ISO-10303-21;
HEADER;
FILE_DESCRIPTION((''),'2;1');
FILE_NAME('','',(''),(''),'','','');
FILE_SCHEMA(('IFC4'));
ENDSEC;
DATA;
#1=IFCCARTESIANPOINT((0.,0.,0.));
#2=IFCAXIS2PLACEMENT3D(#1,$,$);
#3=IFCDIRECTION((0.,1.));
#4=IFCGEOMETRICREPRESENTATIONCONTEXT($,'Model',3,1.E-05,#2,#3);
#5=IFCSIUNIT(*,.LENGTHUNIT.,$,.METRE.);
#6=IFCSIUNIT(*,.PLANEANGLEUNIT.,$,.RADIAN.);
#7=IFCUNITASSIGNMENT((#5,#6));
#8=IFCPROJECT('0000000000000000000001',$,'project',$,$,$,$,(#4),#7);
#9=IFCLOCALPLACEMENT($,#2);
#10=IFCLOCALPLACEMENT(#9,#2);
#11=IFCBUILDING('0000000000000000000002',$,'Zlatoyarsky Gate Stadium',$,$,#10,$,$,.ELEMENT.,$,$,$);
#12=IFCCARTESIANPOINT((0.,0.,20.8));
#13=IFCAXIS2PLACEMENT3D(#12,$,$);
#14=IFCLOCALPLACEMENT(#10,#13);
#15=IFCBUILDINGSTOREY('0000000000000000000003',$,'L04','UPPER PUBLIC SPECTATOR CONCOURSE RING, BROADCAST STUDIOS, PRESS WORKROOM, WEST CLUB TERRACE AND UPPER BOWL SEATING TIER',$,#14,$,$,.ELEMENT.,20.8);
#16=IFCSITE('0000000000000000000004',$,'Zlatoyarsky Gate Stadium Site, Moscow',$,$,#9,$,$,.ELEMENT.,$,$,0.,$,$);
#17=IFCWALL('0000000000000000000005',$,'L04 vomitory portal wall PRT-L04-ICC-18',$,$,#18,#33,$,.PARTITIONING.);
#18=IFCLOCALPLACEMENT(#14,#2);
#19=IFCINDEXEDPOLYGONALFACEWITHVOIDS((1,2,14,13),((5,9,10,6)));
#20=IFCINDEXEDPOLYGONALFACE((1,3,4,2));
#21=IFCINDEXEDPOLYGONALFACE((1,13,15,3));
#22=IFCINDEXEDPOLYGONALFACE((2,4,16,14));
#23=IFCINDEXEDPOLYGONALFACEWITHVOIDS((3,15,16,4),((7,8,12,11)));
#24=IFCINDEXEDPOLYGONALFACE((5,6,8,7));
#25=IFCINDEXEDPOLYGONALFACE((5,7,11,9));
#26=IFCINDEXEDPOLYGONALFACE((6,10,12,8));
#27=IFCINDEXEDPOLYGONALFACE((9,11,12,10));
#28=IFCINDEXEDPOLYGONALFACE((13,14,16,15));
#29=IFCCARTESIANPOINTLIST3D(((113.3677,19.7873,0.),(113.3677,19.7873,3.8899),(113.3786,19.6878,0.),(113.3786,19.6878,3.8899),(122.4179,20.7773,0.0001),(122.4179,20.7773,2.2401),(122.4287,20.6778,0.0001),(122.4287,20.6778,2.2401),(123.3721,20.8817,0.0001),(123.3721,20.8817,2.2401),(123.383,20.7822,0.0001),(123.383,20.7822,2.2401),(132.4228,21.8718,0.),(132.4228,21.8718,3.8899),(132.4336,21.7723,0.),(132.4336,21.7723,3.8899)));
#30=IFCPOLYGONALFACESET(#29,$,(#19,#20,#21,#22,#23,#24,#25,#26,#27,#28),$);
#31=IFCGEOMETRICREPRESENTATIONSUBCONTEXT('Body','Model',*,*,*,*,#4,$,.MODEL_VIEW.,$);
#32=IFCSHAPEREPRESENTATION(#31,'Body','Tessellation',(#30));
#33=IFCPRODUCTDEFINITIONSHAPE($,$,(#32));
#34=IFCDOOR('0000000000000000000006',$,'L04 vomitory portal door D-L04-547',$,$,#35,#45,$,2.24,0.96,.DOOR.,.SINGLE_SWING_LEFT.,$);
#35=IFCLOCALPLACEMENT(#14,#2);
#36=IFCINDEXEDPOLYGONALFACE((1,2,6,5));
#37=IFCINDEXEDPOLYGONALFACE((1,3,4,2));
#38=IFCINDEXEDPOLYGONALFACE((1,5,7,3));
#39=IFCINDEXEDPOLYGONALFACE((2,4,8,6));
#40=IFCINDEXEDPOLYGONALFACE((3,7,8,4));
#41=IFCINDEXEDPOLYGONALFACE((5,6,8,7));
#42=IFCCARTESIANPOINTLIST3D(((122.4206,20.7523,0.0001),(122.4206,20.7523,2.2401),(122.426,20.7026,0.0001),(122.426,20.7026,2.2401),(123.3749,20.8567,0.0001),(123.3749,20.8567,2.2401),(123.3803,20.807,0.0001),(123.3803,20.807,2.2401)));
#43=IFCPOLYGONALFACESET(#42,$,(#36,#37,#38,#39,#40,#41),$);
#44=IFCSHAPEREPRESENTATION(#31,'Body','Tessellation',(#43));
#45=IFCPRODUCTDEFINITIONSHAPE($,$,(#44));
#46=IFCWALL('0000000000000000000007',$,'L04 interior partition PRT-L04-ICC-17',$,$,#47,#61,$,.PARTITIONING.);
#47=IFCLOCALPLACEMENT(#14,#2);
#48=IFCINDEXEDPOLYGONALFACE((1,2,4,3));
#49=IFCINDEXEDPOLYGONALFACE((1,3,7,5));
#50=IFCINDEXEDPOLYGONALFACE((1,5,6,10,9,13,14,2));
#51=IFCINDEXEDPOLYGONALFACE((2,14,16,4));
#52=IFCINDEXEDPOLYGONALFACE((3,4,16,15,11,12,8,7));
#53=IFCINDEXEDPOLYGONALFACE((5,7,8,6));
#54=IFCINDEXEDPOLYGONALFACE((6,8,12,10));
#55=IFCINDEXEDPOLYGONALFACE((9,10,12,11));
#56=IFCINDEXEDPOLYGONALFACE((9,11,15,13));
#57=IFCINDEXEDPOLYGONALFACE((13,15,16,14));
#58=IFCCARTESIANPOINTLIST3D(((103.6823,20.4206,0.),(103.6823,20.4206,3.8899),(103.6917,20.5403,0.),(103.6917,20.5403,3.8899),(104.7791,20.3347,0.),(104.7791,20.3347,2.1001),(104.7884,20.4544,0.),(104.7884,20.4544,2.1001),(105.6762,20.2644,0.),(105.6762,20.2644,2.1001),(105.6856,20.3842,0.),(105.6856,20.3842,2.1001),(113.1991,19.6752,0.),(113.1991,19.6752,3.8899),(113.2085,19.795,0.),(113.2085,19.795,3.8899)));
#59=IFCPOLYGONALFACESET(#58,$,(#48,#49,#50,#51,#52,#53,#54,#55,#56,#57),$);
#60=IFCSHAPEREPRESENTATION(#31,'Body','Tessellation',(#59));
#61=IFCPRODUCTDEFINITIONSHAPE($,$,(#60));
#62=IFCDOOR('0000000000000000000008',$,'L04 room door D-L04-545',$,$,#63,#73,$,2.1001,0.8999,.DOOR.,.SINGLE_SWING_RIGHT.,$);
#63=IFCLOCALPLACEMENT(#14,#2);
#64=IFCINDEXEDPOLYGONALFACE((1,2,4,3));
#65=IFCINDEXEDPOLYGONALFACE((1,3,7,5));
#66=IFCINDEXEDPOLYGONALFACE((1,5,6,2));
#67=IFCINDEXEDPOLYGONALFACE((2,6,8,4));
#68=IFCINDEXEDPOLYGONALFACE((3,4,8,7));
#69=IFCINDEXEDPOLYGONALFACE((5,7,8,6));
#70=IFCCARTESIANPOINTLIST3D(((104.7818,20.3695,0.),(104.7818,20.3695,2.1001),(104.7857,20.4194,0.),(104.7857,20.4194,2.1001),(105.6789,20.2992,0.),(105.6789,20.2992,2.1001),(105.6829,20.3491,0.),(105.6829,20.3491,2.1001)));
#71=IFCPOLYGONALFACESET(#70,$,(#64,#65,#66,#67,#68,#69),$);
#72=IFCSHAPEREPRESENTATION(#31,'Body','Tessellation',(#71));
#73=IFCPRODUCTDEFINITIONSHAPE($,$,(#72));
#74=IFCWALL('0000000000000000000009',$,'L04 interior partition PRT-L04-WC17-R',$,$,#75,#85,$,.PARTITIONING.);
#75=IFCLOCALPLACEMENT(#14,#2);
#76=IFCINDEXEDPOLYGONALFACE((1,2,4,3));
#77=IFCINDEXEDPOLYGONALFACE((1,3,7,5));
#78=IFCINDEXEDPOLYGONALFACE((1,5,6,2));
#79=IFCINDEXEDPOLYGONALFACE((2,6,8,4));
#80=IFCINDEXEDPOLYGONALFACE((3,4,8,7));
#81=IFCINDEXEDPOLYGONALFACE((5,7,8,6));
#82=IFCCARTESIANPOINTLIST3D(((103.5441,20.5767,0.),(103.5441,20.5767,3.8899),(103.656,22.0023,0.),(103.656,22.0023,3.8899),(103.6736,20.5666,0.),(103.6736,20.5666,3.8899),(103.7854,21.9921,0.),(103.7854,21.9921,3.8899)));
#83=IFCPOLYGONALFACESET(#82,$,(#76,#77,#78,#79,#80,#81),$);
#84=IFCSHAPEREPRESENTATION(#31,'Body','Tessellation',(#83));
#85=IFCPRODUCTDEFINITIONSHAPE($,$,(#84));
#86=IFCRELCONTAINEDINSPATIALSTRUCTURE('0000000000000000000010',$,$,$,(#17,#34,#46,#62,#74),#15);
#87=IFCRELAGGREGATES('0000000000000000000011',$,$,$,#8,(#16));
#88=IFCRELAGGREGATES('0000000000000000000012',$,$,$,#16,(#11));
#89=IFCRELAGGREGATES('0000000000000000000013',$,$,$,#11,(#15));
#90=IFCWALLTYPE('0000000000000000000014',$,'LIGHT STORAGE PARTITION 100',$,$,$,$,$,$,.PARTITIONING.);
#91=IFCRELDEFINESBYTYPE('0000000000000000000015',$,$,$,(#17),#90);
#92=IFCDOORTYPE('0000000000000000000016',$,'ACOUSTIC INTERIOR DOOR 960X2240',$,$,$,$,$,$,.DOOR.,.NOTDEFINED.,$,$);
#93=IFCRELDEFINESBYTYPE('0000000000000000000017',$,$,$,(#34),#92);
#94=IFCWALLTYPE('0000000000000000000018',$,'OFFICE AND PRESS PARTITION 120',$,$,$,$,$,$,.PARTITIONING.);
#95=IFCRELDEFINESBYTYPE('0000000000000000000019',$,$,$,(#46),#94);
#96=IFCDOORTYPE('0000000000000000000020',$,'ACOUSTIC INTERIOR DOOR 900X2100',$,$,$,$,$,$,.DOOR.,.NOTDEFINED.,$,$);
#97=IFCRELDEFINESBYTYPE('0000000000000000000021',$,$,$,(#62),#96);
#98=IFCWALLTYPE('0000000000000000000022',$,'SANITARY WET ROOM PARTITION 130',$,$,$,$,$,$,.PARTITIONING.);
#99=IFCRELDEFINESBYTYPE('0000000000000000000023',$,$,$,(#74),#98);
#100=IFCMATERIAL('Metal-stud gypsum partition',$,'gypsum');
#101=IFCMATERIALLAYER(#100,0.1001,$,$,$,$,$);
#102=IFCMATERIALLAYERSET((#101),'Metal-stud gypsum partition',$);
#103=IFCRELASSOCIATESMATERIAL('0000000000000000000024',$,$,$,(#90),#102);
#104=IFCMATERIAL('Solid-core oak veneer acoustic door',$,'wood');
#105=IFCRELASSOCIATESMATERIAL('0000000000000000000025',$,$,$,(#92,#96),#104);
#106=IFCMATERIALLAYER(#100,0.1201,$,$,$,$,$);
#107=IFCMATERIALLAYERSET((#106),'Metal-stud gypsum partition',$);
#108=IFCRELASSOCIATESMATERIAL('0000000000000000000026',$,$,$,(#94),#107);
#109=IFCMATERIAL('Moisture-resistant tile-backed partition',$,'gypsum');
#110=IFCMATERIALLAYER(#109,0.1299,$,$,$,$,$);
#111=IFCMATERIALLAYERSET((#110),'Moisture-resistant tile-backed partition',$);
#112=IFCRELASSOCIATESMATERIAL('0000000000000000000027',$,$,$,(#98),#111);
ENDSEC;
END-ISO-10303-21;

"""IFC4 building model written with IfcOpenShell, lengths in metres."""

from ifc_helpers import new_model, si_unit, direction, frame, frame_2d, origin, place, context, subcontext, project, spatial, rectangle, extrude, material, layer, layer_set, type_object, element, fill, save


model = new_model("IFC4")

# Units and contexts
model_context = context("Model", 3, precision=1e-05, world=origin(), true_north=direction((0.0, 1.0)))
body_context = subcontext(model_context, "Body", "Model", "MODEL_VIEW")
ifc_project = project(units=[si_unit("LENGTHUNIT", "METRE"), si_unit("PLANEANGLEUNIT", "RADIAN")], contexts=[model_context])

# Site, building, storey
site_placement = place(None, origin())
site = spatial("IfcSite", under=ifc_project, at=site_placement, Name="Zlatoyarsky Gate Stadium Site, Moscow", CompositionType="ELEMENT", RefElevation=0.0)
building_placement = place(site_placement, origin())
building = spatial("IfcBuilding", under=site, at=building_placement, Name="Zlatoyarsky Gate Stadium", CompositionType="ELEMENT")
storey_placement = place(building_placement, frame((0.0, 0.0, 20.8)))
storey = spatial("IfcBuildingStorey", under=building, at=storey_placement, Name="L04", Description="UPPER PUBLIC SPECTATOR CONCOURSE RING, BROADCAST STUDIOS, PRESS WORKROOM, WEST CLUB TERRACE AND UPPER BOWL SEATING TIER", CompositionType="ELEMENT", Elevation=20.8)

# Shared definitions
ifc_material_1 = material(Name="Metal-stud gypsum partition", Category="gypsum")

# Walls, openings, doors
ifc_layer_1 = layer(ifc_material_1, 0.1001)
ifc_layer_set_1 = layer_set([ifc_layer_1], Name="Metal-stud gypsum partition")
wall_type_1 = type_object("IfcWallType", Name="LIGHT STORAGE PARTITION 100", PredefinedType="PARTITIONING", material=ifc_layer_set_1)
wall_1_placement = place(storey_placement, frame((113.373, 19.7375, 0.0), z_axis=(0.0, 0.0, 1.0), x_axis=(0.99407, 0.108744, 0.0)))
wall_1 = element("IfcWall", 1, at=wall_1_placement, inside=storey, type_object=wall_type_1, Name="L04 vomitory portal wall PRT-L04-ICC-18", PredefinedType="PARTITIONING", context=body_context, shape_type="SweptSolid", body=[
    extrude(rectangle(XDim=19.1687, YDim=0.1001, at=frame_2d((9.5845, 0.0))), origin(), (0.0, 0.0, 1.0), 3.8899),
])
opening_1_placement = place(wall_1_placement, frame((9.1042, 0.0, 0.0)))
opening_1 = element("IfcOpeningElement", 2, at=opening_1_placement, cuts=wall_1, PredefinedType="OPENING", context=body_context, shape_type="SweptSolid", body=[
    extrude(rectangle(XDim=0.96, YDim=2.24, at=frame_2d((0.48, 1.1201))), frame((0.0, 0.0601, 0.0), z_axis=(0.0, -1.0, 0.0), x_axis=(1.0, 0.0, 0.0)), (0.0, 0.0, 1.0), 0.1201),
])
ifc_material_2 = material(Name="Solid-core oak veneer acoustic door", Category="wood")
door_type_1 = type_object("IfcDoorType", Name="ACOUSTIC INTERIOR DOOR 960X2240", OperationType="NOTDEFINED", PredefinedType="DOOR", material=ifc_material_2)
door_1_placement = place(opening_1_placement, origin())
door_1 = element("IfcDoor", 3, at=door_1_placement, inside=storey, type_object=door_type_1, Name="L04 vomitory portal door D-L04-547", OperationType="SINGLE_SWING_LEFT", OverallHeight=2.24, OverallWidth=0.96, PredefinedType="DOOR", context=body_context, shape_type="SweptSolid", body=[
    extrude(rectangle(XDim=0.96, YDim=2.24, at=frame_2d((0.48, 1.1201))), frame((0.0, 0.0249, 0.0), z_axis=(0.0, -1.0, 0.0), x_axis=(1.0, 0.0, 0.0)), (0.0, 0.0, 1.0), 0.05),
])
fill(opening_1, door_1)
ifc_layer_2 = layer(ifc_material_1, 0.1201)
ifc_layer_set_2 = layer_set([ifc_layer_2], Name="Metal-stud gypsum partition")
wall_type_2 = type_object("IfcWallType", Name="OFFICE AND PRESS PARTITION 120", PredefinedType="PARTITIONING", material=ifc_layer_set_2)
wall_2_placement = place(storey_placement, frame((103.687, 20.4805, 0.0), z_axis=(0.0, 0.0, 1.0), x_axis=(0.996947, -0.078081, 0.0)))
wall_2 = element("IfcWall", 4, at=wall_2_placement, inside=storey, type_object=wall_type_2, Name="L04 interior partition PRT-L04-ICC-17", PredefinedType="PARTITIONING", context=body_context, shape_type="SweptSolid", body=[
    extrude(rectangle(XDim=9.5459, YDim=0.1201, at=frame_2d((4.7729, 0.0))), origin(), (0.0, 0.0, 1.0), 3.8899),
])
opening_2_placement = place(wall_2_placement, frame((1.1001, 0.0, 0.0)))
opening_2 = element("IfcOpeningElement", 5, at=opening_2_placement, cuts=wall_2, PredefinedType="OPENING", context=body_context, shape_type="SweptSolid", body=[
    extrude(rectangle(XDim=0.8999, YDim=2.1001, at=frame_2d((0.45, 1.05))), frame((0.0, 0.0701, 0.0), z_axis=(0.0, -1.0, 0.0), x_axis=(1.0, 0.0, 0.0)), (0.0, 0.0, 1.0), 0.1401),
])
door_type_2 = type_object("IfcDoorType", Name="ACOUSTIC INTERIOR DOOR 900X2100", OperationType="NOTDEFINED", PredefinedType="DOOR", material=ifc_material_2)
door_2_placement = place(opening_2_placement, origin())
door_2 = element("IfcDoor", 6, at=door_2_placement, inside=storey, type_object=door_type_2, Name="L04 room door D-L04-545", OperationType="SINGLE_SWING_RIGHT", OverallHeight=2.1001, OverallWidth=0.8999, PredefinedType="DOOR", context=body_context, shape_type="SweptSolid", body=[
    extrude(rectangle(XDim=0.8999, YDim=2.1001, at=frame_2d((0.45, 1.05))), frame((0.0, 0.0249, 0.0), z_axis=(0.0, -1.0, 0.0), x_axis=(1.0, 0.0, 0.0)), (0.0, 0.0, 1.0), 0.05),
])
fill(opening_2, door_2)

# Wall
ifc_material_3 = material(Name="Moisture-resistant tile-backed partition", Category="gypsum")
ifc_layer_3 = layer(ifc_material_3, 0.1299)
ifc_layer_set_3 = layer_set([ifc_layer_3], Name="Moisture-resistant tile-backed partition")
wall_type_3 = type_object("IfcWallType", Name="SANITARY WET ROOM PARTITION 130", PredefinedType="PARTITIONING", material=ifc_layer_set_3)
wall_3_placement = place(storey_placement, frame((103.6089, 20.5718, 0.0), z_axis=(0.0, 0.0, 1.0), x_axis=(0.078198, 0.996938, 0.0)))
element("IfcWall", 7, at=wall_3_placement, inside=storey, type_object=wall_type_3, Name="L04 interior partition PRT-L04-WC17-R", PredefinedType="PARTITIONING", context=body_context, shape_type="SweptSolid", body=[
    extrude(rectangle(XDim=1.4299, YDim=0.1299, at=frame_2d((0.7148, 0.0))), origin(), (0.0, 0.0, 1.0), 3.8899),
])

save(model, "model.ifc")
